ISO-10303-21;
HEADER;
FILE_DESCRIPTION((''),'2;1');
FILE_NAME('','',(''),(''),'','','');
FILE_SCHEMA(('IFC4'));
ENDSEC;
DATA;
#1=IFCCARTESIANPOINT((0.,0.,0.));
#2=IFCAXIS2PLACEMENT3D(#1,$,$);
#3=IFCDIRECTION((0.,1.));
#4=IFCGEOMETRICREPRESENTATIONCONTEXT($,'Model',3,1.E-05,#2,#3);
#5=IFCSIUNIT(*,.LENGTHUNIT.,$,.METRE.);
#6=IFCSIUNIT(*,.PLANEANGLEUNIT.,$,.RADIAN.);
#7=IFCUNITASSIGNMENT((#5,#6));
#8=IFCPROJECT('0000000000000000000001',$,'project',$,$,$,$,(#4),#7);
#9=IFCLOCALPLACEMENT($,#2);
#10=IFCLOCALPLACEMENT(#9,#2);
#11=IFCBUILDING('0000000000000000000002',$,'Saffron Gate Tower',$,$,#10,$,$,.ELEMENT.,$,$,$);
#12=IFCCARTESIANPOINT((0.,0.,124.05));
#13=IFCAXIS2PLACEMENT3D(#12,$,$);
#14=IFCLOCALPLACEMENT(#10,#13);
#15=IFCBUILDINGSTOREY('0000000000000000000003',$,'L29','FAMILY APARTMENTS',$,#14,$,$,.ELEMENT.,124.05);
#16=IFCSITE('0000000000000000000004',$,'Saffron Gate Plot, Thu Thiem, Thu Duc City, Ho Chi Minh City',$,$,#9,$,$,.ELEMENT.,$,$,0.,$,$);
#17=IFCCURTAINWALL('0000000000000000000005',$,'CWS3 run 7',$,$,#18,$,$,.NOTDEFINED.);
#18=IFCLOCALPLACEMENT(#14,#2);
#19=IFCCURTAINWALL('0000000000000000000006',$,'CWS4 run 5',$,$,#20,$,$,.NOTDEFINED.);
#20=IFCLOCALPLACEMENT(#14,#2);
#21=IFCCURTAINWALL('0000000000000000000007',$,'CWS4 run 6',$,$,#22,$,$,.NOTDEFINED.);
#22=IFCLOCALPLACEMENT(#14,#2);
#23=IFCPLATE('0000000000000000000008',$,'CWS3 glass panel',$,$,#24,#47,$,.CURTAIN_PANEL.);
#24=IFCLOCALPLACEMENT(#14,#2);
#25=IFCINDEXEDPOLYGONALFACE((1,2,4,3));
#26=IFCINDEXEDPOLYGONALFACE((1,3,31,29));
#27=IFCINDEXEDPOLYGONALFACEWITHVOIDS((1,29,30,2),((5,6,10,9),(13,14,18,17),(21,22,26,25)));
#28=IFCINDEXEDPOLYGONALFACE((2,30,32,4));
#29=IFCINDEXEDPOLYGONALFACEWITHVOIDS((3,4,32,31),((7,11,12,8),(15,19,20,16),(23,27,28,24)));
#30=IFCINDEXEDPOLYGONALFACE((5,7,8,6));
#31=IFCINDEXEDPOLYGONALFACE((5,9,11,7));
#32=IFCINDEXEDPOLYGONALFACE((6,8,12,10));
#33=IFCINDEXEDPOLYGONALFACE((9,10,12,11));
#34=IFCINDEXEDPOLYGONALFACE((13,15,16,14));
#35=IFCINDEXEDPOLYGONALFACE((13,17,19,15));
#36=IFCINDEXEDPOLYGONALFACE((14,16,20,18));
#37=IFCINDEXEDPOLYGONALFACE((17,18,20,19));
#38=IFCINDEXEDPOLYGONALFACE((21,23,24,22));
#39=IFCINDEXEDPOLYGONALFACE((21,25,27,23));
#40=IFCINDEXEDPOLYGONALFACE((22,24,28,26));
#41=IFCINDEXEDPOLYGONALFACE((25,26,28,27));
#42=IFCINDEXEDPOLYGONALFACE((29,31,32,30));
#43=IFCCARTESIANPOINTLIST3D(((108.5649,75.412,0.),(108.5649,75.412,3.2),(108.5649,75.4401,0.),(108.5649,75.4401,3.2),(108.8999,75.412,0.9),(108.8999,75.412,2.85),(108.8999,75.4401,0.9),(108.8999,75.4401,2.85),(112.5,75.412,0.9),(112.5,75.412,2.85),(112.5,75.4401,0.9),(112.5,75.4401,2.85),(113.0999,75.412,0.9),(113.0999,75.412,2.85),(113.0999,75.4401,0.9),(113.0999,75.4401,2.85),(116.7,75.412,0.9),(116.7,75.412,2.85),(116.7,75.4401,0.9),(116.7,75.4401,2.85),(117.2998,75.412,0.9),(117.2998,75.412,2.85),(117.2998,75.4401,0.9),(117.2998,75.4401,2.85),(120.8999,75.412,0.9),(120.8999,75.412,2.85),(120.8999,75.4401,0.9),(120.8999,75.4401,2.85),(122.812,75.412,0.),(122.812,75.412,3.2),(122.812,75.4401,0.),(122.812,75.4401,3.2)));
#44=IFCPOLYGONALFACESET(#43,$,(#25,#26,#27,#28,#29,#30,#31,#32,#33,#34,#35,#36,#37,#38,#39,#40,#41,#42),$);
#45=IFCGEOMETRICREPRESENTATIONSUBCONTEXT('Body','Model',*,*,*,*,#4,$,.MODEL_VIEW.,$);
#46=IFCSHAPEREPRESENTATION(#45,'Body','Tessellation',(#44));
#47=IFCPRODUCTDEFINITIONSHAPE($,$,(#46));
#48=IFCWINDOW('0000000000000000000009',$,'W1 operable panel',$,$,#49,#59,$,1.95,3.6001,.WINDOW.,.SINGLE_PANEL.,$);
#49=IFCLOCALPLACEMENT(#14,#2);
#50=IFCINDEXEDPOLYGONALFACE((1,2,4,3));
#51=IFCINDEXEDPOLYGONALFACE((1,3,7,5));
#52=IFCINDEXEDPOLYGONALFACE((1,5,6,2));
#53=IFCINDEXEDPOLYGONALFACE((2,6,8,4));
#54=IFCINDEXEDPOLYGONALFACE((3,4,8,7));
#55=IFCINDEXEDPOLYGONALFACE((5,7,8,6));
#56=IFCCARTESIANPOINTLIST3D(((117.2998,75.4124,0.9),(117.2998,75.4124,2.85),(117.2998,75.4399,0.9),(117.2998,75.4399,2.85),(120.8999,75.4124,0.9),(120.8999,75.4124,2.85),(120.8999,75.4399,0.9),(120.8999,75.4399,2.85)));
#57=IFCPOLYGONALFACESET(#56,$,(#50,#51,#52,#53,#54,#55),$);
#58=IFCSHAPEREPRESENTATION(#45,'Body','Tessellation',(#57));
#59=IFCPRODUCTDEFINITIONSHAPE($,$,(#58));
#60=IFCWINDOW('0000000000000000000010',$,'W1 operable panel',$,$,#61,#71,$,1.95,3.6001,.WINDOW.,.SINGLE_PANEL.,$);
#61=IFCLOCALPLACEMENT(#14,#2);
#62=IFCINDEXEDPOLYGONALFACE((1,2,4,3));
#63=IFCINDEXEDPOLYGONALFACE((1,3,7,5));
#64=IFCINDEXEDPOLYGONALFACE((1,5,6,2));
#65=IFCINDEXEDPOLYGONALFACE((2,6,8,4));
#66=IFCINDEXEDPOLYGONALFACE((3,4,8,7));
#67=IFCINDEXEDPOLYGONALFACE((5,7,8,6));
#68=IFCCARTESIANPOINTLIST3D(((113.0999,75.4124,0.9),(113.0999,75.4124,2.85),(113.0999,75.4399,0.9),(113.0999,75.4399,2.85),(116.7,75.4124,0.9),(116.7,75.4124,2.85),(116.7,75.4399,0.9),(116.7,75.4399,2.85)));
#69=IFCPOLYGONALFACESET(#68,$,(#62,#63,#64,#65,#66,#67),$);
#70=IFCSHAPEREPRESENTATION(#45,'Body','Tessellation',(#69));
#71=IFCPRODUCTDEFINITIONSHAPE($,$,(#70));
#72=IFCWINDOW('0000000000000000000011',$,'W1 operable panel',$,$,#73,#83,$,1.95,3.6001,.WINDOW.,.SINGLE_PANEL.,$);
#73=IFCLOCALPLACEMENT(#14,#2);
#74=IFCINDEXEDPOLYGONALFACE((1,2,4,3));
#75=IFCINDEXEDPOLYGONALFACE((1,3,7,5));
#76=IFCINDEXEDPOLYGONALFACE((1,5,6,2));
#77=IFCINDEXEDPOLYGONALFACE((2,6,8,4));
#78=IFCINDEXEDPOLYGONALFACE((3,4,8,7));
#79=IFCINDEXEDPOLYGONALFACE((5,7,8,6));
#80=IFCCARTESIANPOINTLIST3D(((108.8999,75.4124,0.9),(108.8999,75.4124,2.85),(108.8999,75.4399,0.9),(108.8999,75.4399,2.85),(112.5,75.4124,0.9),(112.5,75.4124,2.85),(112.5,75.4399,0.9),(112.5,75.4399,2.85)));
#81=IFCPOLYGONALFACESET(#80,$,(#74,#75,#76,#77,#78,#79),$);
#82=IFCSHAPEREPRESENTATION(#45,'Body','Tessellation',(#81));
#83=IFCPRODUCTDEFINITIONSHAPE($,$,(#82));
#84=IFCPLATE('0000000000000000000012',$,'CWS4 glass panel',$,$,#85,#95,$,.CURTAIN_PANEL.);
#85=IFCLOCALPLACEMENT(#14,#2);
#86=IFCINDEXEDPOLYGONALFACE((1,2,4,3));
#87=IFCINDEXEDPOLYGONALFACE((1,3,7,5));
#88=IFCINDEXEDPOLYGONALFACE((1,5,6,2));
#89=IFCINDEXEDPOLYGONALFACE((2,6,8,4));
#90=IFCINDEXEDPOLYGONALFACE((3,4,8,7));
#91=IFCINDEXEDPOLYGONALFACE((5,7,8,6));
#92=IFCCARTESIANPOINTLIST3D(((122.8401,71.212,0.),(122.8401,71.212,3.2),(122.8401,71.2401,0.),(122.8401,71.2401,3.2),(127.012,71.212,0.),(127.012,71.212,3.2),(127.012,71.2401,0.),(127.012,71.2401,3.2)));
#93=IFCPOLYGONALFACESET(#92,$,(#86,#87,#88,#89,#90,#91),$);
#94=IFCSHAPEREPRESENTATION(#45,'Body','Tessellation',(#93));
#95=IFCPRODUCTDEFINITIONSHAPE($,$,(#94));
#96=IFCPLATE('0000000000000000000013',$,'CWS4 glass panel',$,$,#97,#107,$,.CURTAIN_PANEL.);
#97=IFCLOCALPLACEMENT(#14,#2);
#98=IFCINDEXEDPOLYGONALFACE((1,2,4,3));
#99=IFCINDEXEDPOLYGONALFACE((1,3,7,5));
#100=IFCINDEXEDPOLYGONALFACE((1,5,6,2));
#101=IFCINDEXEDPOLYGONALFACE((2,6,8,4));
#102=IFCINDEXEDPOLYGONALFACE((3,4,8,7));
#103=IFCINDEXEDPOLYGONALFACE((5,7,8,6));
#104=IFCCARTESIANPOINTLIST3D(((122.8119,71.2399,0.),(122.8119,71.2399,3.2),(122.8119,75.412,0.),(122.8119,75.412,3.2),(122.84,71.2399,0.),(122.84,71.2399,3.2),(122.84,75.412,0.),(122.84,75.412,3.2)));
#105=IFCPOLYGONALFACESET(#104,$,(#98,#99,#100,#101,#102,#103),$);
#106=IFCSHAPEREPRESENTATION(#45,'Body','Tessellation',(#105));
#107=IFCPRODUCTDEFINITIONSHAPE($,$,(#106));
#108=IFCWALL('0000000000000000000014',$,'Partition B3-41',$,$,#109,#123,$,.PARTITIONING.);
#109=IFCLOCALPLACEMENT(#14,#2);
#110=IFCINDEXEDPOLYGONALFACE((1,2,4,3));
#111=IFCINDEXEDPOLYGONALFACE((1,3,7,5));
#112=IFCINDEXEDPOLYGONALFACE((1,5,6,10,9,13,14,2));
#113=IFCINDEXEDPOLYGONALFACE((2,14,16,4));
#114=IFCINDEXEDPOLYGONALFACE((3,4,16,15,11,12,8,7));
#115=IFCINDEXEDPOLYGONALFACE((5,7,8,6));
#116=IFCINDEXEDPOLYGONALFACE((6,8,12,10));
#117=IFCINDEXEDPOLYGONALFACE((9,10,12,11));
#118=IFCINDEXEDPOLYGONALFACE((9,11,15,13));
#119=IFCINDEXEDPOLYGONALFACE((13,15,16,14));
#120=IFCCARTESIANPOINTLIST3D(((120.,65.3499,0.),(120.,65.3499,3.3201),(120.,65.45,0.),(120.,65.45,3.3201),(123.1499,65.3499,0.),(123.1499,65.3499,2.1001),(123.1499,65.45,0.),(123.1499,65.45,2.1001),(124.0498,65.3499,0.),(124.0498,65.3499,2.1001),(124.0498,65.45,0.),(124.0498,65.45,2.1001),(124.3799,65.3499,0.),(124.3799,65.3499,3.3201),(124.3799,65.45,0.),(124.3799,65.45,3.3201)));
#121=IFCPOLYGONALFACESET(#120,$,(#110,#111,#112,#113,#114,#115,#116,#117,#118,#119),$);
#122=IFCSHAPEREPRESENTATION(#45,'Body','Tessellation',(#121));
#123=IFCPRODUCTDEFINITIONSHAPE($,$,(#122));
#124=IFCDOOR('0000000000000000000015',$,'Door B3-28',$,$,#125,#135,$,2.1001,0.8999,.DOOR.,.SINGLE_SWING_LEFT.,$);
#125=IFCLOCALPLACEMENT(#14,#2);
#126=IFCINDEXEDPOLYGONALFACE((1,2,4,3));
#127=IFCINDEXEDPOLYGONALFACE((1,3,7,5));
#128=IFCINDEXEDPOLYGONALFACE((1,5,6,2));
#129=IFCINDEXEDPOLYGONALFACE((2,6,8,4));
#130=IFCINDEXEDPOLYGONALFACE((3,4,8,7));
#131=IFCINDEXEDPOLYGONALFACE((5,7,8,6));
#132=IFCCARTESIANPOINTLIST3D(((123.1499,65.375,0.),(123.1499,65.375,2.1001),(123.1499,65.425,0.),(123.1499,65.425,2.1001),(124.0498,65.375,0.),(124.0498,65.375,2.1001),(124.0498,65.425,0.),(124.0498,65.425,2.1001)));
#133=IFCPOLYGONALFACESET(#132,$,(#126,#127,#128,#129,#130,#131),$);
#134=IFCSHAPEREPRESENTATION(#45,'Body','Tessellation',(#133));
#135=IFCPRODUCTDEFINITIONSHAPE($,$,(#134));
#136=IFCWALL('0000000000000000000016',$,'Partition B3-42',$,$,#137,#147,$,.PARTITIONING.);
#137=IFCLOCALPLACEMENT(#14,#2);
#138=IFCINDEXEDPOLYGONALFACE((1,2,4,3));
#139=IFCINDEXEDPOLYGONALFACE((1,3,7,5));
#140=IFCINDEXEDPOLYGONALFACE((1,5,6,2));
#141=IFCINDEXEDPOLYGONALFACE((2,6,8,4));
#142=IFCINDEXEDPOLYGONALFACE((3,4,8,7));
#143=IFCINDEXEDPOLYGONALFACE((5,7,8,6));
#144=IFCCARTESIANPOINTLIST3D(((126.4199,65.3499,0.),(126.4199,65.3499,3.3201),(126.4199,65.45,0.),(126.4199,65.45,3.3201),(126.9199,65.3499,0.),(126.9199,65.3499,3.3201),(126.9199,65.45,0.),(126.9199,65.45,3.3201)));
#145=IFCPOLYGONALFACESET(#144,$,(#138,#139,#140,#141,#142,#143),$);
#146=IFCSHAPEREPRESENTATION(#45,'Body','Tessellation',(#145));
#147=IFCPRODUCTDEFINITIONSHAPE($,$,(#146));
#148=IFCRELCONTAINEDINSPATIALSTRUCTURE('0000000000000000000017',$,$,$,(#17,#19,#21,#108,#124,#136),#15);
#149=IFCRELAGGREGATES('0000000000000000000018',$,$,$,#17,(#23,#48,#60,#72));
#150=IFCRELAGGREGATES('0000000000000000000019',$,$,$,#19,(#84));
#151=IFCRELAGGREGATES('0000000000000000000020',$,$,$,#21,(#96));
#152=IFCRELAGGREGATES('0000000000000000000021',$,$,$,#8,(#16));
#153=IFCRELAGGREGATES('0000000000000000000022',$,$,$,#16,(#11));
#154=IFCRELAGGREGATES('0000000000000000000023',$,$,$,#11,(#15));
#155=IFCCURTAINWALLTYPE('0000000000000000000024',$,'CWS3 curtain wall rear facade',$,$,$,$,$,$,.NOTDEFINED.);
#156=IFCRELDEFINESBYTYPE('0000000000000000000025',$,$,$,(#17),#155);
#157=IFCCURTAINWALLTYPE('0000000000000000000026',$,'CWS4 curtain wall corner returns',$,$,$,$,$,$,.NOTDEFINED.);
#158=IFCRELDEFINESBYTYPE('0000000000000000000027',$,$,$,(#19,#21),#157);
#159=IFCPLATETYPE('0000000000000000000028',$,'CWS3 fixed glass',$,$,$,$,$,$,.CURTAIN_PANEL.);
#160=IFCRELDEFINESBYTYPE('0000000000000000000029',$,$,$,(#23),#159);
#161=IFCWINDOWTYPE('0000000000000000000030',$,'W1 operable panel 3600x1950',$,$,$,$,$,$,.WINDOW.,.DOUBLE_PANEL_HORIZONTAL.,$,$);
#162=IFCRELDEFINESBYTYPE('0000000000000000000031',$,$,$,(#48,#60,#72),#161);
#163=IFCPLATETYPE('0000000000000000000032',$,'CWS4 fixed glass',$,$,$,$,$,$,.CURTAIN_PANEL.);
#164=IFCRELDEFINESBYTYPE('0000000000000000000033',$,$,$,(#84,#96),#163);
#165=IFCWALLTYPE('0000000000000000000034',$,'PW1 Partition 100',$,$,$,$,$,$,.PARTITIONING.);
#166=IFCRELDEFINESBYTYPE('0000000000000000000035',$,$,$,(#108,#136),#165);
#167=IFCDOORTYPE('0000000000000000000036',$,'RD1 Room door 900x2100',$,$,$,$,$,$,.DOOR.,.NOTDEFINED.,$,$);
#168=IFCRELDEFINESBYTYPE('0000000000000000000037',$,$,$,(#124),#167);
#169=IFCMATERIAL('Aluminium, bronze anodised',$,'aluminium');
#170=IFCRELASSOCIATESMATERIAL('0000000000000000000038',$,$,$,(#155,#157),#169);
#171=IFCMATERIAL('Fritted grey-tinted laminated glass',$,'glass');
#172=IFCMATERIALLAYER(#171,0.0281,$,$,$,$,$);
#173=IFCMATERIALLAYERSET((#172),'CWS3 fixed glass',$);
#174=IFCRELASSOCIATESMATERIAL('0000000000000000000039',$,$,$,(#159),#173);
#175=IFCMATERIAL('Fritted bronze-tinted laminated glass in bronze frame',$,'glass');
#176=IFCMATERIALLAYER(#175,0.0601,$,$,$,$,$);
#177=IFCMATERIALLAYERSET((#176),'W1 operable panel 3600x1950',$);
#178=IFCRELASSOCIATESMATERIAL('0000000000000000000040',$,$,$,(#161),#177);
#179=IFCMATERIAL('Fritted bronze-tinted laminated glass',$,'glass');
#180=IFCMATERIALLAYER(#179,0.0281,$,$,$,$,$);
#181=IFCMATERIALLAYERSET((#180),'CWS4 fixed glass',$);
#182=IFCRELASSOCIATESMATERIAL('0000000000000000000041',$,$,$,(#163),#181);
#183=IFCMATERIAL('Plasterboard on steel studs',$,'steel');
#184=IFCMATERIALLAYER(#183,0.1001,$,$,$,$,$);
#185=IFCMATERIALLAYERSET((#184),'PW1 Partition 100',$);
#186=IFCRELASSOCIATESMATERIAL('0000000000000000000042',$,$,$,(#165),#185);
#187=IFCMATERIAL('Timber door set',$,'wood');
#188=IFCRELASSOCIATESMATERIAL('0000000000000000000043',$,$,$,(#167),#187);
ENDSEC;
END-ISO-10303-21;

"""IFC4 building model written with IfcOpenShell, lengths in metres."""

from ifc_helpers import new_model, si_unit, direction, frame, frame_2d, origin, place, context, subcontext, project, spatial, rectangle, extrude, material, layer, layer_set, type_object, element, fill, aggregate, save


model = new_model("IFC4")

# Units and contexts
model_context = context("Model", 3, precision=1e-05, world=origin(), true_north=direction((0.0, 1.0)))
body_context = subcontext(model_context, "Body", "Model", "MODEL_VIEW")
ifc_project = project(units=[si_unit("LENGTHUNIT", "METRE"), si_unit("PLANEANGLEUNIT", "RADIAN")], contexts=[model_context])

# Site, building, storey
site_placement = place(None, origin())
site = spatial("IfcSite", under=ifc_project, at=site_placement, Name="Saffron Gate Plot, Thu Thiem, Thu Duc City, Ho Chi Minh City", CompositionType="ELEMENT", RefElevation=0.0)
building_placement = place(site_placement, origin())
building = spatial("IfcBuilding", under=site, at=building_placement, Name="Saffron Gate Tower", CompositionType="ELEMENT")
storey_placement = place(building_placement, frame((0.0, 0.0, 124.05)))
storey = spatial("IfcBuildingStorey", under=building, at=storey_placement, Name="L29", Description="FAMILY APARTMENTS", CompositionType="ELEMENT", Elevation=124.05)

# Curtain wall
ifc_material_1 = material(Name="Aluminium, bronze anodised", Category="aluminium")
curtain_wall_type_1 = type_object("IfcCurtainWallType", Name="CWS3 curtain wall rear facade", PredefinedType="NOTDEFINED", material=ifc_material_1)
curtain_wall_1_placement = place(storey_placement, origin())
curtain_wall_1 = element("IfcCurtainWall", 1, at=curtain_wall_1_placement, inside=storey, type_object=curtain_wall_type_1, Name="CWS3 run 7", PredefinedType="NOTDEFINED")

# Curtain walls
curtain_wall_type_2 = type_object("IfcCurtainWallType", Name="CWS4 curtain wall corner returns", PredefinedType="NOTDEFINED", material=ifc_material_1)
curtain_wall_2_placement = place(storey_placement, origin())
curtain_wall_2 = element("IfcCurtainWall", 2, at=curtain_wall_2_placement, inside=storey, type_object=curtain_wall_type_2, Name="CWS4 run 5", PredefinedType="NOTDEFINED")
curtain_wall_3_placement = place(storey_placement, origin())
curtain_wall_3 = element("IfcCurtainWall", 3, at=curtain_wall_3_placement, inside=storey, type_object=curtain_wall_type_2, Name="CWS4 run 6", PredefinedType="NOTDEFINED")

# Plate, openings, windows
ifc_material_2 = material(Name="Fritted grey-tinted laminated glass", Category="glass")
ifc_layer_1 = layer(ifc_material_2, 0.0281)
ifc_layer_set_1 = layer_set([ifc_layer_1], Name="CWS3 fixed glass")
plate_type_1 = type_object("IfcPlateType", Name="CWS3 fixed glass", PredefinedType="CURTAIN_PANEL", material=ifc_layer_set_1)
plate_1_placement = place(storey_placement, frame((122.812, 75.426, 0.0), z_axis=(0.0, 0.0, 1.0), x_axis=(-1.0, 0.0, 0.0)))
plate_1 = element("IfcPlate", 4, at=plate_1_placement, type_object=plate_type_1, Name="CWS3 glass panel", PredefinedType="CURTAIN_PANEL", context=body_context, shape_type="SweptSolid", body=[
    extrude(rectangle(XDim=14.2471, YDim=0.0281, at=frame_2d((7.1235, 0.0))), origin(), (0.0, 0.0, 1.0), 3.2),
])
opening_1_placement = place(plate_1_placement, frame((1.9121, 0.0, 0.8999)))
opening_1 = element("IfcOpeningElement", 5, at=opening_1_placement, cuts=plate_1, PredefinedType="OPENING", context=body_context, shape_type="SweptSolid", body=[
    extrude(rectangle(XDim=3.6001, YDim=1.95, at=frame_2d((1.8, 0.9751))), frame((0.0, 0.0239, 0.0), z_axis=(0.0, -1.0, 0.0), x_axis=(1.0, 0.0, 0.0)), (0.0, 0.0, 1.0), 0.0481),
])
opening_2_placement = place(plate_1_placement, frame((6.1121, 0.0, 0.8999)))
opening_2 = element("IfcOpeningElement", 6, at=opening_2_placement, cuts=plate_1, PredefinedType="OPENING", context=body_context, shape_type="SweptSolid", body=[
    extrude(rectangle(XDim=3.6001, YDim=1.95, at=frame_2d((1.8, 0.9751))), frame((0.0, 0.0239, 0.0), z_axis=(0.0, -1.0, 0.0), x_axis=(1.0, 0.0, 0.0)), (0.0, 0.0, 1.0), 0.0481),
])
opening_3_placement = place(plate_1_placement, frame((10.312, 0.0, 0.8999)))
opening_3 = element("IfcOpeningElement", 7, at=opening_3_placement, cuts=plate_1, PredefinedType="OPENING", context=body_context, shape_type="SweptSolid", body=[
    extrude(rectangle(XDim=3.6001, YDim=1.95, at=frame_2d((1.8, 0.9751))), frame((0.0, 0.0239, 0.0), z_axis=(0.0, -1.0, 0.0), x_axis=(1.0, 0.0, 0.0)), (0.0, 0.0, 1.0), 0.0481),
])
ifc_material_3 = material(Name="Fritted bronze-tinted laminated glass in bronze frame", Category="glass")
ifc_layer_2 = layer(ifc_material_3, 0.0601)
ifc_layer_set_2 = layer_set([ifc_layer_2], Name="W1 operable panel 3600x1950")
window_type = type_object("IfcWindowType", Name="W1 operable panel 3600x1950", PartitioningType="DOUBLE_PANEL_HORIZONTAL", PredefinedType="WINDOW", material=ifc_layer_set_2)
window_1_placement = place(opening_1_placement, origin())
window_1 = element("IfcWindow", 8, at=window_1_placement, type_object=window_type, Name="W1 operable panel", OverallHeight=1.95, OverallWidth=3.6001, PartitioningType="SINGLE_PANEL", PredefinedType="WINDOW", context=body_context, shape_type="SweptSolid", body=[
    extrude(rectangle(XDim=3.6001, YDim=1.95, at=frame_2d((1.8, 0.9751))), frame((0.0, 0.0137, 0.0), z_axis=(0.0, -1.0, 0.0), x_axis=(1.0, 0.0, 0.0)), (0.0, 0.0, 1.0), 0.0276),
])
fill(opening_1, window_1)
window_2_placement = place(opening_2_placement, origin())
window_2 = element("IfcWindow", 9, at=window_2_placement, type_object=window_type, Name="W1 operable panel", OverallHeight=1.95, OverallWidth=3.6001, PartitioningType="SINGLE_PANEL", PredefinedType="WINDOW", context=body_context, shape_type="SweptSolid", body=[
    extrude(rectangle(XDim=3.6001, YDim=1.95, at=frame_2d((1.8, 0.9751))), frame((0.0, 0.0137, 0.0), z_axis=(0.0, -1.0, 0.0), x_axis=(1.0, 0.0, 0.0)), (0.0, 0.0, 1.0), 0.0276),
])
fill(opening_2, window_2)
window_3_placement = place(opening_3_placement, origin())
window_3 = element("IfcWindow", 10, at=window_3_placement, type_object=window_type, Name="W1 operable panel", OverallHeight=1.95, OverallWidth=3.6001, PartitioningType="SINGLE_PANEL", PredefinedType="WINDOW", context=body_context, shape_type="SweptSolid", body=[
    extrude(rectangle(XDim=3.6001, YDim=1.95, at=frame_2d((1.8, 0.9751))), frame((0.0, 0.0137, 0.0), z_axis=(0.0, -1.0, 0.0), x_axis=(1.0, 0.0, 0.0)), (0.0, 0.0, 1.0), 0.0276),
])
fill(opening_3, window_3)
aggregate(curtain_wall_1, [plate_1, window_1, window_2, window_3])

# Plates
ifc_material_4 = material(Name="Fritted bronze-tinted laminated glass", Category="glass")
ifc_layer_3 = layer(ifc_material_4, 0.0281)
ifc_layer_set_3 = layer_set([ifc_layer_3], Name="CWS4 fixed glass")
plate_type_2 = type_object("IfcPlateType", Name="CWS4 fixed glass", PredefinedType="CURTAIN_PANEL", material=ifc_layer_set_3)
plate_2_placement = place(storey_placement, frame((127.012, 71.2261, 0.0), z_axis=(0.0, 0.0, 1.0), x_axis=(-1.0, 0.0, 0.0)))
plate_2 = element("IfcPlate", 11, at=plate_2_placement, type_object=plate_type_2, Name="CWS4 glass panel", PredefinedType="CURTAIN_PANEL", context=body_context, shape_type="SweptSolid", body=[
    extrude(rectangle(XDim=4.1719, YDim=0.0281, at=frame_2d((2.0859, 0.0))), origin(), (0.0, 0.0, 1.0), 3.2),
])
aggregate(curtain_wall_2, [plate_2])
plate_3_placement = place(storey_placement, frame((122.8259, 71.24, 0.0), z_axis=(0.0, 0.0, 1.0), x_axis=(0.0, 1.0, 0.0)))
plate_3 = element("IfcPlate", 12, at=plate_3_placement, type_object=plate_type_2, Name="CWS4 glass panel", PredefinedType="CURTAIN_PANEL", context=body_context, shape_type="SweptSolid", body=[
    extrude(rectangle(XDim=4.1721, YDim=0.0281, at=frame_2d((2.0859, 0.0))), origin(), (0.0, 0.0, 1.0), 3.2),
])
aggregate(curtain_wall_3, [plate_3])

# Wall, opening, door
ifc_material_5 = material(Name="Plasterboard on steel studs", Category="steel")
ifc_layer_4 = layer(ifc_material_5, 0.1001)
ifc_layer_set_4 = layer_set([ifc_layer_4], Name="PW1 Partition 100")
wall_type = type_object("IfcWallType", Name="PW1 Partition 100", PredefinedType="PARTITIONING", material=ifc_layer_set_4)
wall_1_placement = place(storey_placement, frame((124.3799, 65.3999, 0.0), z_axis=(0.0, 0.0, 1.0), x_axis=(-1.0, 0.0, 0.0)))
wall_1 = element("IfcWall", 13, at=wall_1_placement, inside=storey, type_object=wall_type, Name="Partition B3-41", PredefinedType="PARTITIONING", context=body_context, shape_type="SweptSolid", body=[
    extrude(rectangle(XDim=4.3799, YDim=0.1001, at=frame_2d((2.1899, 0.0))), origin(), (0.0, 0.0, 1.0), 3.3201),
])
opening_4_placement = place(wall_1_placement, frame((0.3301, 0.0, 0.0)))
opening_4 = element("IfcOpeningElement", 14, at=opening_4_placement, cuts=wall_1, PredefinedType="OPENING", context=body_context, shape_type="SweptSolid", body=[
    extrude(rectangle(XDim=0.8999, YDim=2.1001, at=frame_2d((0.45, 1.05))), frame((0.0, 0.0601, 0.0), z_axis=(0.0, -1.0, 0.0), x_axis=(1.0, 0.0, 0.0)), (0.0, 0.0, 1.0), 0.1201),
])
ifc_material_6 = material(Name="Timber door set", Category="wood")
door_type = type_object("IfcDoorType", Name="RD1 Room door 900x2100", OperationType="NOTDEFINED", PredefinedType="DOOR", material=ifc_material_6)
door_placement = place(opening_4_placement, origin())
door = element("IfcDoor", 15, at=door_placement, inside=storey, type_object=door_type, Name="Door B3-28", OperationType="SINGLE_SWING_LEFT", OverallHeight=2.1001, OverallWidth=0.8999, PredefinedType="DOOR", context=body_context, shape_type="SweptSolid", body=[
    extrude(rectangle(XDim=0.8999, YDim=2.1001, at=frame_2d((0.45, 1.05))), frame((0.0, 0.0249, 0.0), z_axis=(0.0, -1.0, 0.0), x_axis=(1.0, 0.0, 0.0)), (0.0, 0.0, 1.0), 0.05),
])
fill(opening_4, door)

# Wall
wall_2_placement = place(storey_placement, frame((126.4199, 65.3999, 0.0), z_axis=(0.0, 0.0, 1.0), x_axis=(1.0, 0.0, 0.0)))
element("IfcWall", 16, at=wall_2_placement, inside=storey, type_object=wall_type, Name="Partition B3-42", PredefinedType="PARTITIONING", context=body_context, shape_type="SweptSolid", body=[
    extrude(rectangle(XDim=0.5, YDim=0.1001, at=frame_2d((0.25, 0.0))), origin(), (0.0, 0.0, 1.0), 3.3201),
])

save(model, "model.ifc")
